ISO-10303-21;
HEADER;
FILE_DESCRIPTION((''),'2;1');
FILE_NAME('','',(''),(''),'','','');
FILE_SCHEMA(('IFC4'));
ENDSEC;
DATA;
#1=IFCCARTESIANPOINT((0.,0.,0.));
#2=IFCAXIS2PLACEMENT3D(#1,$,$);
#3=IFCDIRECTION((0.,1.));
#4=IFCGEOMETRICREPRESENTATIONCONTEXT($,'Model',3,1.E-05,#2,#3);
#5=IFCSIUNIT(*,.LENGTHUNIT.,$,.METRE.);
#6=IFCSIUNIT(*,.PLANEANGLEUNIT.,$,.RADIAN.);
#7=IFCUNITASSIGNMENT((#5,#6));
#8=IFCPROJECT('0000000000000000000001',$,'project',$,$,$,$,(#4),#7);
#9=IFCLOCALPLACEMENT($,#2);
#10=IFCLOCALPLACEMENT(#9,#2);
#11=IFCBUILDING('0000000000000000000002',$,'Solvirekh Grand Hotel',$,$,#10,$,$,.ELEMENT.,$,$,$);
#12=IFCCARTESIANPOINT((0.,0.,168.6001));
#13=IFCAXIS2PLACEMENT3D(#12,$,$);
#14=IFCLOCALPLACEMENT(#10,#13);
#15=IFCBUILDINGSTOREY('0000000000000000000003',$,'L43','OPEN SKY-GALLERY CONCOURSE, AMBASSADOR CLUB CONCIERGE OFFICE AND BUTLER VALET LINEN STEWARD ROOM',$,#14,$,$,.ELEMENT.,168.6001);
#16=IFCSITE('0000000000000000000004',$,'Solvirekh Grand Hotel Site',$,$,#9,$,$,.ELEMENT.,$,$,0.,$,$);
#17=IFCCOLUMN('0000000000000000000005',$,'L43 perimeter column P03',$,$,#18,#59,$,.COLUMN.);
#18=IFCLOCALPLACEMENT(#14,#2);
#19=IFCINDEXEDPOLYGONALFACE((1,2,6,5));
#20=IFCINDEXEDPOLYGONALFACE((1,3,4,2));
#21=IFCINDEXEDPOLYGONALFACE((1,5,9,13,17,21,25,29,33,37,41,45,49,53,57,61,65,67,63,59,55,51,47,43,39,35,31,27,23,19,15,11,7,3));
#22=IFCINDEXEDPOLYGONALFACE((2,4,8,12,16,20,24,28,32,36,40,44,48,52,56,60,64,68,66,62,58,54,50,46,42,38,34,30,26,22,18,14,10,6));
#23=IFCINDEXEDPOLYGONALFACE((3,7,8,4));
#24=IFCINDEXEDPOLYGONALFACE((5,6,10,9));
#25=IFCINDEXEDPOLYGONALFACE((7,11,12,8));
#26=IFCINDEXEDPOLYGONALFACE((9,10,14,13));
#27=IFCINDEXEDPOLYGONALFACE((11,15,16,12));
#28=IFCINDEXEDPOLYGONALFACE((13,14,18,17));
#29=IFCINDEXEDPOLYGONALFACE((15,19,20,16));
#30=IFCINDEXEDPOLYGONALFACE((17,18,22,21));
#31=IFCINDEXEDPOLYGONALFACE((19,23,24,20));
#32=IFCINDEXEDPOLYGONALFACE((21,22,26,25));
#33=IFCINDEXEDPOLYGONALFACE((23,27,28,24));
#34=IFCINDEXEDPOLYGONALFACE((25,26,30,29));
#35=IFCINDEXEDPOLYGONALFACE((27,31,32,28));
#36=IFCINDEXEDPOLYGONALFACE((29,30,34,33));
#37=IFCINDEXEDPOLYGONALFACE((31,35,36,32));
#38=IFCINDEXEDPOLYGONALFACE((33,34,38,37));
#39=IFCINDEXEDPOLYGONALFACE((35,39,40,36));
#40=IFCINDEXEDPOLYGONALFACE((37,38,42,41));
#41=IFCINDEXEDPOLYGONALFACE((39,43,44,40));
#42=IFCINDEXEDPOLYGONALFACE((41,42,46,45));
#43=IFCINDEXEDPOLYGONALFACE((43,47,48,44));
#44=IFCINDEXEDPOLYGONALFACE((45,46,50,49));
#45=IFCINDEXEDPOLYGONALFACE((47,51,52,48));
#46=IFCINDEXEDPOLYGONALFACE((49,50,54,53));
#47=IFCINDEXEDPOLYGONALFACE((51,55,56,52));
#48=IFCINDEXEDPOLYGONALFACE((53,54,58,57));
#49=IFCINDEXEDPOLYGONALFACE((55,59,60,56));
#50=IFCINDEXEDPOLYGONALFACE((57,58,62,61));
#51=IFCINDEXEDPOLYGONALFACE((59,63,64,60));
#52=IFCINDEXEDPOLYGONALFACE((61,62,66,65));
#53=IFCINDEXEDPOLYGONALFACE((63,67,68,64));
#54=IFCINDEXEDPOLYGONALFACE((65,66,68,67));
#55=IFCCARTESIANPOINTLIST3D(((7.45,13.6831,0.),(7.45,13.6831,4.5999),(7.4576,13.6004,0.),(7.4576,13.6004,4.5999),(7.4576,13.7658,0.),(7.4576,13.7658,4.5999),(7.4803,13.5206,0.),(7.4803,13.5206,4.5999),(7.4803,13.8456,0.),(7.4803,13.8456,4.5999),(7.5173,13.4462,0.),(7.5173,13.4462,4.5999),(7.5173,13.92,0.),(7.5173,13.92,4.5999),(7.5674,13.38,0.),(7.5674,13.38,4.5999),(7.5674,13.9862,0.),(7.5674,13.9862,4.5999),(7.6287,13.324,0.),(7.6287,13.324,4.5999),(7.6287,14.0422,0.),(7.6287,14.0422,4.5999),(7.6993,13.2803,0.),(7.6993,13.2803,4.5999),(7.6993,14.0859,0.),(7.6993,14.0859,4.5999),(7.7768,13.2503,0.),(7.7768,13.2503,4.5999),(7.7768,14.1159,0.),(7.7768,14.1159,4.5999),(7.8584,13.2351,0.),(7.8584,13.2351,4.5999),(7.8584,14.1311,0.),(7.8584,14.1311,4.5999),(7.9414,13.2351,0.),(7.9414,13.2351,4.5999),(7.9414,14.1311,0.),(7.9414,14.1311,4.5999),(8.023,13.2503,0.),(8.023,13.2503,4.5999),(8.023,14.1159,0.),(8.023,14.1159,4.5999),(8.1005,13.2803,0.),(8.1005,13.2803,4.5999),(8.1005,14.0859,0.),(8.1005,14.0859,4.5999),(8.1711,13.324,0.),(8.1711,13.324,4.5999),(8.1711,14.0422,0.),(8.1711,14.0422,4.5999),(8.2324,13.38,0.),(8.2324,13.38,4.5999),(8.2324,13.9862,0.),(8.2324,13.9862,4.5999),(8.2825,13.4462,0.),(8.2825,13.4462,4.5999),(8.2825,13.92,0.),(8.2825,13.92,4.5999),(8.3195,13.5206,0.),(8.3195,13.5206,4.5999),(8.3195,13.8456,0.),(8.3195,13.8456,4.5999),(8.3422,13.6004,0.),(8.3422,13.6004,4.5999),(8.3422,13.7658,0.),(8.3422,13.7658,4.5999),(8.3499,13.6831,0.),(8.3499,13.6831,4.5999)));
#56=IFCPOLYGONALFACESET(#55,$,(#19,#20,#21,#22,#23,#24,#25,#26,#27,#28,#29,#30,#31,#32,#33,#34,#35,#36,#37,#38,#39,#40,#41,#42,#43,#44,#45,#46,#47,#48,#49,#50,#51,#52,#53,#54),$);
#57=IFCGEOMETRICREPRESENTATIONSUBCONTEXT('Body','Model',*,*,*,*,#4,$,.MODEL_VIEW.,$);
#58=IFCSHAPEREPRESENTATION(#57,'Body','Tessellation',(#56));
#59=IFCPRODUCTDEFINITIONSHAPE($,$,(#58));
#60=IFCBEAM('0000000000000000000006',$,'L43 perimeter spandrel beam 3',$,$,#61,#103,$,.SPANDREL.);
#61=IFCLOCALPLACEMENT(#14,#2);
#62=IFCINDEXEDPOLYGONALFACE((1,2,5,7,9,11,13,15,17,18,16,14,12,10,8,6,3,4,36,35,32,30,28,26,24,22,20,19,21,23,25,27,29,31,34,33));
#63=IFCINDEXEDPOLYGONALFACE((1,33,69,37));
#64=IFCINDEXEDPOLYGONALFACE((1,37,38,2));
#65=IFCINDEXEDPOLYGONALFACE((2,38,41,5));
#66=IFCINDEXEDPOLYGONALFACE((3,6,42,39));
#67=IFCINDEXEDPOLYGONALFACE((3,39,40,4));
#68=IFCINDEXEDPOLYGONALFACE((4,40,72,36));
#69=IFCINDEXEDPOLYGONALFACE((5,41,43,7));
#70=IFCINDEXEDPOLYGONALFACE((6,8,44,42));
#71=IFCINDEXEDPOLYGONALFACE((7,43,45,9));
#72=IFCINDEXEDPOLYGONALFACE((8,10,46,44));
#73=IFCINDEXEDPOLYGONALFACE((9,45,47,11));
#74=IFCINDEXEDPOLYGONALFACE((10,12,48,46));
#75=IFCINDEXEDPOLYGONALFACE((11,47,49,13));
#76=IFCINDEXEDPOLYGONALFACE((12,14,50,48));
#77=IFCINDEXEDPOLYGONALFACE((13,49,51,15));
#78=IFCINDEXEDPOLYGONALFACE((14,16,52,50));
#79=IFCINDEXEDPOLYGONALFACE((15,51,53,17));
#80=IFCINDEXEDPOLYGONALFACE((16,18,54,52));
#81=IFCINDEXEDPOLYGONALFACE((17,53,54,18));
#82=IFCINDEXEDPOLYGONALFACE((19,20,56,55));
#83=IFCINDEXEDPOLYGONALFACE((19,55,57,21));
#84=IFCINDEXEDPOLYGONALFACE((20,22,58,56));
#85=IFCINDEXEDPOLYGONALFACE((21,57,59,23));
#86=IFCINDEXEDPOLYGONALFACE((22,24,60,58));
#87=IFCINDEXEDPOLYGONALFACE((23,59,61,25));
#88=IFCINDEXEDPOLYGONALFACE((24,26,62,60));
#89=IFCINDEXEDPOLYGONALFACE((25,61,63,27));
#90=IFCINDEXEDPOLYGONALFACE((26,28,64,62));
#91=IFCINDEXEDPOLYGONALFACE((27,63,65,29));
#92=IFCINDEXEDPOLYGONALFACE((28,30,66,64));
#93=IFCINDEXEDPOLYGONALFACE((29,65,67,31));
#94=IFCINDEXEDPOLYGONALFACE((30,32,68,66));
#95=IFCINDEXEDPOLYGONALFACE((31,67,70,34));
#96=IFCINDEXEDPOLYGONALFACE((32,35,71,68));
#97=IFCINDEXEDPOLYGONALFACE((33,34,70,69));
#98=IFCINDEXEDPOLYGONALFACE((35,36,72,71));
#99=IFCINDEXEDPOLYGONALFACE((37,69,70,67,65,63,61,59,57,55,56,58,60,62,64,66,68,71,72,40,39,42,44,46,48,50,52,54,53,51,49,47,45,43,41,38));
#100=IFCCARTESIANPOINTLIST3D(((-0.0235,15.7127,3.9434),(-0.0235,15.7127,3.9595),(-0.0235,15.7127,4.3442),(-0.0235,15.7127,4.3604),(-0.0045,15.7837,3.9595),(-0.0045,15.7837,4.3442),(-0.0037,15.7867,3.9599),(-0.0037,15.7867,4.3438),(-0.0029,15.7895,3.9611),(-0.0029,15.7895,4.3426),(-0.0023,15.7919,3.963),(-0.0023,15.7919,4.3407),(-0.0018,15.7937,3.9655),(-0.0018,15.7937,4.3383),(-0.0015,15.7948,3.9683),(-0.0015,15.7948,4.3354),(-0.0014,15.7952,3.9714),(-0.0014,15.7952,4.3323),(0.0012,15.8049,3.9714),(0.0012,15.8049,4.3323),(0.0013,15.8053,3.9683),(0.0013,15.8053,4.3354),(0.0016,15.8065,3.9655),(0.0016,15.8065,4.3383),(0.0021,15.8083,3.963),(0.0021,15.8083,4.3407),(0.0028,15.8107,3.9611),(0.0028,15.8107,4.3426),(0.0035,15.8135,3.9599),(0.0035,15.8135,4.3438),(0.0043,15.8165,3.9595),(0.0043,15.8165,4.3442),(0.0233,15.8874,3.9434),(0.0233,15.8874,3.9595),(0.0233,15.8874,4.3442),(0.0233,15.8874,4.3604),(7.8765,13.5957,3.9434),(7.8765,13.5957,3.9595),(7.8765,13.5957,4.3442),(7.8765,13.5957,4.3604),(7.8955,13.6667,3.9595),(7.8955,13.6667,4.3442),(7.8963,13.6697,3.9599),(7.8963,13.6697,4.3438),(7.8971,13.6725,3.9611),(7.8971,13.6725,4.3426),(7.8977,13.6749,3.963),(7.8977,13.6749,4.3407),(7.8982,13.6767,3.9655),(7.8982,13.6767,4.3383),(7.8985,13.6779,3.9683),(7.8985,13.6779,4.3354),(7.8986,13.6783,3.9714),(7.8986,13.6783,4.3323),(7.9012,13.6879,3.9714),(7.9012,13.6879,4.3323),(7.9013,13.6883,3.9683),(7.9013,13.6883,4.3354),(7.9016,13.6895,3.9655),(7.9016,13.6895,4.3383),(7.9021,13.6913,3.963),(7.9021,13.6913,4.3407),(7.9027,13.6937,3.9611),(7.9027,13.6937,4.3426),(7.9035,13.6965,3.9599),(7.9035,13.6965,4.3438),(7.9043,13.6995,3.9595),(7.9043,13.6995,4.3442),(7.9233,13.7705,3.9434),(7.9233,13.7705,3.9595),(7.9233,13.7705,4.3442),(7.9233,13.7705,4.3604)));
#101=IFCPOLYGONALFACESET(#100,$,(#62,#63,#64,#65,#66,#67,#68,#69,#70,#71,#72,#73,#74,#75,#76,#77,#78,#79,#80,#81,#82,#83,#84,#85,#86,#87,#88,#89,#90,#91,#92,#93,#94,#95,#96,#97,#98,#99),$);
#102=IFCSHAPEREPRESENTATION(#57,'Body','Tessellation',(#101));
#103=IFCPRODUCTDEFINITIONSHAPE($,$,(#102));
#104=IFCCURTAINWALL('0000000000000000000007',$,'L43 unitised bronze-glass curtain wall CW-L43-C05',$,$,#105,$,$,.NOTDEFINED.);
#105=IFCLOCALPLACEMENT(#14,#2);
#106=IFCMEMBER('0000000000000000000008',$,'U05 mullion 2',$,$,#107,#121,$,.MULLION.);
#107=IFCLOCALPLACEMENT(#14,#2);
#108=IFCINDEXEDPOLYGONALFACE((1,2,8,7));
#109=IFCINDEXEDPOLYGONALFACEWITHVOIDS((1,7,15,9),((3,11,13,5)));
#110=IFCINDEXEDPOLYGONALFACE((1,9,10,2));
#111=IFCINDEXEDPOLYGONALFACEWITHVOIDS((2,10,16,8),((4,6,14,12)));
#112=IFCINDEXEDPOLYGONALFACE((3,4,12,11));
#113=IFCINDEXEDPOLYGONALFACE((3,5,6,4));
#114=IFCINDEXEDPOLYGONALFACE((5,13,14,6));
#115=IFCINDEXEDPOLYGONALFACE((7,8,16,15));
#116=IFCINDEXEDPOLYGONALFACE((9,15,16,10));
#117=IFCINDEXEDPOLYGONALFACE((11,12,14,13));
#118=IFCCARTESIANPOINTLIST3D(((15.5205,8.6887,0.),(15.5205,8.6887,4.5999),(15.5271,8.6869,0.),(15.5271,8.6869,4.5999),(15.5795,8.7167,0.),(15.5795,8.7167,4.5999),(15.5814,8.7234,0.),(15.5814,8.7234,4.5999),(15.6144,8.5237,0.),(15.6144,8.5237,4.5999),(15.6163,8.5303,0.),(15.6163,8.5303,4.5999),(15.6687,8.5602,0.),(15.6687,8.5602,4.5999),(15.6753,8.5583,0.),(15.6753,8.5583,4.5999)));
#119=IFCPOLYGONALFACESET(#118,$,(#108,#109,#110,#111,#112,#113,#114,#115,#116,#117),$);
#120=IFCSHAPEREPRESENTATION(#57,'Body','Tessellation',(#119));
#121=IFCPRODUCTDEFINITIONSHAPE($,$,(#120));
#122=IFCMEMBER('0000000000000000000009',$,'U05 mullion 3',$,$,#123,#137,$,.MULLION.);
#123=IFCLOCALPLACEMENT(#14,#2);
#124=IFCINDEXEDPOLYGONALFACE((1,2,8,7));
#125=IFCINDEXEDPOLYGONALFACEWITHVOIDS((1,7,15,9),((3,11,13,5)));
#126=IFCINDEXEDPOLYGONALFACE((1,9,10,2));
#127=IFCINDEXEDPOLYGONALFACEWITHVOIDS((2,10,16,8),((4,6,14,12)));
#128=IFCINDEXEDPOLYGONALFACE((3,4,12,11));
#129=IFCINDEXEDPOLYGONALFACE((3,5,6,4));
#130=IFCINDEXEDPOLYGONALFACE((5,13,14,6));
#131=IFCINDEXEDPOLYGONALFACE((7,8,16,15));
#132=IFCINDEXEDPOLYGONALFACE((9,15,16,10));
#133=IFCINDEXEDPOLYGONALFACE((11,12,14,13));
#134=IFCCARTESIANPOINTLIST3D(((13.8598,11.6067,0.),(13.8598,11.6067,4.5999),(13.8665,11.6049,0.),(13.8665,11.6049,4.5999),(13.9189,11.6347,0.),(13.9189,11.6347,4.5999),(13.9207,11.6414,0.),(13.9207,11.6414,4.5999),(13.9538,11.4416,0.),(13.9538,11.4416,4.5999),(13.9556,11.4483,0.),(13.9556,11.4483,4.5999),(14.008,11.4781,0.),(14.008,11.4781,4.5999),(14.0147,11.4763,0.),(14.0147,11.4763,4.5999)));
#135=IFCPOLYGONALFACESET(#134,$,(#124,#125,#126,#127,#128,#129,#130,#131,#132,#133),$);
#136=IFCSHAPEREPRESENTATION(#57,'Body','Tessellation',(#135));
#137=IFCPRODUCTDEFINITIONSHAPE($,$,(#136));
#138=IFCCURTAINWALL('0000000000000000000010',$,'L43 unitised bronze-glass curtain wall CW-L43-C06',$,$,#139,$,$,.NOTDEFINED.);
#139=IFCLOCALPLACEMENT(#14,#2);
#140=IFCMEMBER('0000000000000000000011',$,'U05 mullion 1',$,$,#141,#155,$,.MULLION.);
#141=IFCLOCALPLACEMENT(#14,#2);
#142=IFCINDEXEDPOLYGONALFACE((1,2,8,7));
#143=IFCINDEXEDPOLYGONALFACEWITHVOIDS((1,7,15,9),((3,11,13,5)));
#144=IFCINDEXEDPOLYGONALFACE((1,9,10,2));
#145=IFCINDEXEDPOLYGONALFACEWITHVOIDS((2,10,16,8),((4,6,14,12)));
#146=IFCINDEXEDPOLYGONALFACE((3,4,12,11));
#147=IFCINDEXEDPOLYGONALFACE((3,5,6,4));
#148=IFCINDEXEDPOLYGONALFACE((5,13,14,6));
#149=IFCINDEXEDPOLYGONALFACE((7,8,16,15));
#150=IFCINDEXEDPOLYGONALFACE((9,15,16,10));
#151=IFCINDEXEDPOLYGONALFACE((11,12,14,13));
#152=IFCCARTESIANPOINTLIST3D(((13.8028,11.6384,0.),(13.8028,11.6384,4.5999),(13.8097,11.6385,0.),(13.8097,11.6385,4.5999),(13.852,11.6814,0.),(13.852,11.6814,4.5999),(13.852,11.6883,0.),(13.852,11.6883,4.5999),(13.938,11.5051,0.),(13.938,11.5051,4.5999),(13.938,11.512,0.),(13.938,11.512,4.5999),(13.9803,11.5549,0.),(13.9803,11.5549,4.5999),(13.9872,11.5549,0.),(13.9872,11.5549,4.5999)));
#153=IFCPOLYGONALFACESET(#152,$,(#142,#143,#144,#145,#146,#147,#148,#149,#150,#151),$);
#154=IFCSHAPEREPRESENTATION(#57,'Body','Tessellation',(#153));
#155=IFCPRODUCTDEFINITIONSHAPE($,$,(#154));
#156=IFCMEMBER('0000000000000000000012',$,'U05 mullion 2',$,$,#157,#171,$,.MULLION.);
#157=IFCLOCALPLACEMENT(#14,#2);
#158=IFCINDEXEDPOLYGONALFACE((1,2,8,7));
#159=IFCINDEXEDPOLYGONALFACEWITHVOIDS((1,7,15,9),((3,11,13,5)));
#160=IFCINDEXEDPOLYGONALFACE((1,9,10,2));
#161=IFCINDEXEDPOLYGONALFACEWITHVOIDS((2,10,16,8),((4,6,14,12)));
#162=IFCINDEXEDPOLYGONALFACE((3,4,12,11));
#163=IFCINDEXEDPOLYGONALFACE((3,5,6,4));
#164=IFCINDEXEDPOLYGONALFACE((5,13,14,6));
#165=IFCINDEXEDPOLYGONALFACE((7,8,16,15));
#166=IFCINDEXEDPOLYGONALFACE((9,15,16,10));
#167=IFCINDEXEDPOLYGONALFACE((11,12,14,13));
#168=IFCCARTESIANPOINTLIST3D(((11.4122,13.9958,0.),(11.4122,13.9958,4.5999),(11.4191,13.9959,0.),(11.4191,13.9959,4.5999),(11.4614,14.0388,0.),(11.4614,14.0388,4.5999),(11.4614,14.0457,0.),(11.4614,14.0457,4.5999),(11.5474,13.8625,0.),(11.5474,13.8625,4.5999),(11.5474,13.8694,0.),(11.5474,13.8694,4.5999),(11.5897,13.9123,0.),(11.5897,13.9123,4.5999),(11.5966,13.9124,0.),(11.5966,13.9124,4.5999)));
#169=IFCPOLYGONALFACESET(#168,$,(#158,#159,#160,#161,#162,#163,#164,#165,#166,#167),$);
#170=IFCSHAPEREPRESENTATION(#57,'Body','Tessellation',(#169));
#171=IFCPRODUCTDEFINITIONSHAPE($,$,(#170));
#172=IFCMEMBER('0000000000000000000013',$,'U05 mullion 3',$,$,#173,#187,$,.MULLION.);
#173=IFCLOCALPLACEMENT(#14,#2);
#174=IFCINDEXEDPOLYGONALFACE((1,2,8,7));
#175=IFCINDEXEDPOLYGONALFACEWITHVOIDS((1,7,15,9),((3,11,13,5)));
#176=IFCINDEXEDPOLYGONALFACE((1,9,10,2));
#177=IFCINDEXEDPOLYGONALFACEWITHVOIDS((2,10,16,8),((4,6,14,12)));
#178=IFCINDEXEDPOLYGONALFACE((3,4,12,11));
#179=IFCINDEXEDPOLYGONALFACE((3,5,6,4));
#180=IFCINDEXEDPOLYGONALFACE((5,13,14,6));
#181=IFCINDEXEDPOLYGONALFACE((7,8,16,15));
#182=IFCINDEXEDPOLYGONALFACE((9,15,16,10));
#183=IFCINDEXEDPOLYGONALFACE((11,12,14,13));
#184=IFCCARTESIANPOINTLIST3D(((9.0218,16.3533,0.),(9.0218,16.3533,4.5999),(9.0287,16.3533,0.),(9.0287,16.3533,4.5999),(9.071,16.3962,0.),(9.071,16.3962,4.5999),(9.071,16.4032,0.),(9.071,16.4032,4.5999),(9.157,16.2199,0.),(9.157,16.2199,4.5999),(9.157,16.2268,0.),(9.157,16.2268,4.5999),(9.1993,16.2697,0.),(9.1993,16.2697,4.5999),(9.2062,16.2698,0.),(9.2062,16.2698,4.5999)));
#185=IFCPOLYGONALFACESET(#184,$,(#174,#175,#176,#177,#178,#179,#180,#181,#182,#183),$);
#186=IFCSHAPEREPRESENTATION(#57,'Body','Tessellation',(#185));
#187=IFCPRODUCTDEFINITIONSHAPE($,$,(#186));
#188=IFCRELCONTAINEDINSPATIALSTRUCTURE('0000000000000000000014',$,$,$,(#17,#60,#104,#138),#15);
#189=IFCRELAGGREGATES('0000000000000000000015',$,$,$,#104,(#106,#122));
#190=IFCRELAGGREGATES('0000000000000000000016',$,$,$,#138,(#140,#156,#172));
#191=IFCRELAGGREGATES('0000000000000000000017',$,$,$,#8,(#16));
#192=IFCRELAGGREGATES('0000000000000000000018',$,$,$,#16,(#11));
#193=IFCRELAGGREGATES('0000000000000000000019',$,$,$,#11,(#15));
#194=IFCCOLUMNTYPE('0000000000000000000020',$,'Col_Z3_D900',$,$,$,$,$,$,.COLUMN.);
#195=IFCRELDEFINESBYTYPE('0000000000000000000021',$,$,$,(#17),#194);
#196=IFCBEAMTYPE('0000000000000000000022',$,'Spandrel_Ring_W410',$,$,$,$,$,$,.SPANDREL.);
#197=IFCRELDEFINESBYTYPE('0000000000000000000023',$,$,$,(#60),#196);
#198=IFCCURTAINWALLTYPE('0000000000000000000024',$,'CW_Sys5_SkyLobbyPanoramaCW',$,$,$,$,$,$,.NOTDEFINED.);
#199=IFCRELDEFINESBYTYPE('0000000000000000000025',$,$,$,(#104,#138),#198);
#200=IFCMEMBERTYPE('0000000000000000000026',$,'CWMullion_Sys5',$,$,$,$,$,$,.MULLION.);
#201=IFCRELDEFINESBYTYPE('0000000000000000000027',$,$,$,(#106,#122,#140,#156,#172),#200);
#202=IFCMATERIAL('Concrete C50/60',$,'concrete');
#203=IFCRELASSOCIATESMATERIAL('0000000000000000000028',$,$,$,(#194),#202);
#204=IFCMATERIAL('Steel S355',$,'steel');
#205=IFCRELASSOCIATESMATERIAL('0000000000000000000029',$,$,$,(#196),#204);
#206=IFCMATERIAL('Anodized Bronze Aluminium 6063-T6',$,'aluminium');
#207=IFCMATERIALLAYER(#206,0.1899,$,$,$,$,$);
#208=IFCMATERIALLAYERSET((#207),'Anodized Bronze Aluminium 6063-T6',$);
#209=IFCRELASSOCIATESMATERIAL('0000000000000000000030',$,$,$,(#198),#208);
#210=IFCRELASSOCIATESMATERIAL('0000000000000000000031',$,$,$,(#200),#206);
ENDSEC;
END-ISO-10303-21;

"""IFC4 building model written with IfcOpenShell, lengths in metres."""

from ifc_helpers import new_model, si_unit, direction, frame, origin, origin_2d, place, context, subcontext, project, spatial, hollow_rectangle, circle, i_section, extrude, source, transform, mapped, material, layer, layer_set, material_profile, profile_set, type_object, element, aggregate, save


model = new_model("IFC4")

# Units and contexts
model_context = context("Model", 3, precision=1e-05, world=origin(), true_north=direction((0.0, 1.0)))
body_context = subcontext(model_context, "Body", "Model", "MODEL_VIEW")
ifc_project = project(units=[si_unit("LENGTHUNIT", "METRE"), si_unit("PLANEANGLEUNIT", "RADIAN")], contexts=[model_context])

# Site, building, storey
site_placement = place(None, origin())
site = spatial("IfcSite", under=ifc_project, at=site_placement, Name="Solvirekh Grand Hotel Site", CompositionType="ELEMENT", RefElevation=0.0)
building_placement = place(site_placement, origin())
building = spatial("IfcBuilding", under=site, at=building_placement, Name="Solvirekh Grand Hotel", CompositionType="ELEMENT")
storey_placement = place(building_placement, frame((0.0, 0.0, 168.6001)))
storey = spatial("IfcBuildingStorey", under=building, at=storey_placement, Name="L43", Description="OPEN SKY-GALLERY CONCOURSE, AMBASSADOR CLUB CONCIERGE OFFICE AND BUTLER VALET LINEN STEWARD ROOM", CompositionType="ELEMENT", Elevation=168.6001)

# Column
ifc_material_1 = material(Name="Concrete C50/60", Category="concrete")
ifc_material_profile_1 = material_profile(ifc_material_1, circle(Radius=0.45, at=origin_2d()), Name="RC CIRC D900")
ifc_profile_set_1 = profile_set([ifc_material_profile_1], Name="Concrete C50/60")
column_type = type_object("IfcColumnType", Name="Col_Z3_D900", PredefinedType="COLUMN", material=ifc_profile_set_1)
column_placement = place(storey_placement, frame((7.8999, 13.6831, 0.0), z_axis=(0.0, 0.0, 1.0), x_axis=(1.0, 0.0, 0.0)))
element("IfcColumn", 1, at=column_placement, inside=storey, type_object=column_type, Name="L43 perimeter column P03", PredefinedType="COLUMN", context=body_context, shape_type="SweptSolid", body=[
    extrude(circle(Radius=0.45, at=origin_2d()), origin(), (0.0, 0.0, 1.0), 4.5999),
])

# Beam
ifc_material_2 = material(Name="Steel S355", Category="steel")
ifc_material_profile_2 = material_profile(ifc_material_2, i_section(OverallWidth=0.1809, OverallDepth=0.417, WebThickness=0.01, FlangeThickness=0.0161, FilletRadius=0.012, at=origin_2d()), Name="W410X85")
ifc_profile_set_2 = profile_set([ifc_material_profile_2], Name="Steel S355")
beam_type = type_object("IfcBeamType", Name="Spandrel_Ring_W410", PredefinedType="SPANDREL", material=ifc_profile_set_2)
beam_placement = place(storey_placement, frame((7.8999, 13.6831, 4.1519), z_axis=(-0.965921, 0.258839, 0.0), x_axis=(-0.258839, -0.965921, 0.0)))
element("IfcBeam", 2, at=beam_placement, inside=storey, type_object=beam_type, Name="L43 perimeter spandrel beam 3", PredefinedType="SPANDREL", context=body_context, shape_type="SweptSolid", body=[
    extrude(i_section(OverallWidth=0.1809, OverallDepth=0.417, WebThickness=0.01, FlangeThickness=0.0161, FilletRadius=0.012, at=origin_2d()), origin(), (0.0, 0.0, 1.0), 8.1787),
])

# Curtain walls, members
ifc_material_3 = material(Name="Anodized Bronze Aluminium 6063-T6", Category="aluminium")
ifc_layer_1 = layer(ifc_material_3, 0.1899)
ifc_layer_set_1 = layer_set([ifc_layer_1], Name="Anodized Bronze Aluminium 6063-T6")
curtain_wall_type = type_object("IfcCurtainWallType", Name="CW_Sys5_SkyLobbyPanoramaCW", PredefinedType="NOTDEFINED", material=ifc_layer_set_1)
curtain_wall_1_placement = place(storey_placement, origin())
curtain_wall_1 = element("IfcCurtainWall", 3, at=curtain_wall_1_placement, inside=storey, type_object=curtain_wall_type, Name="L43 unitised bronze-glass curtain wall CW-L43-C05", PredefinedType="NOTDEFINED")
ifc_material_profile_3 = material_profile(ifc_material_3, hollow_rectangle(XDim=0.0701, YDim=0.1899, WallThickness=0.0049, at=origin_2d()), Name="ALU RHS 190X70X5")
ifc_profile_set_3 = profile_set([ifc_material_profile_3], Name="Anodized Bronze Aluminium 6063-T6")
member_type_1 = type_object("IfcMemberType", Name="CWMullion_Sys5", PredefinedType="MULLION", material=ifc_profile_set_3)
shared_shape_1 = source(origin(), body_context, "Body", "SweptSolid", [
    extrude(hollow_rectangle(XDim=0.0701, YDim=0.1899, WallThickness=0.0049, at=origin_2d()), origin(), (0.0, 0.0, 1.0), 4.5999),
])
member_1_placement = place(storey_placement, frame((15.5979, 8.6235, 0.0), z_axis=(0.0, 0.0, 1.0), x_axis=(-0.869112, -0.494614, 0.0)))
member_1 = element("IfcMember", 4, at=member_1_placement, type_object=member_type_1, Name="U05 mullion 2", PredefinedType="MULLION", context=body_context, shape_type="MappedRepresentation", body=[
    mapped(shared_shape_1, transform((0.0, 0.0, 0.0), x_axis=(1.0, 0.0, 0.0), y_axis=(0.0, 1.0, 0.0), z_axis=(0.0, 0.0, 1.0), scale=1.0)),
])
member_2_placement = place(storey_placement, frame((13.9373, 11.5415, 0.0), z_axis=(0.0, 0.0, 1.0), x_axis=(-0.869112, -0.494614, 0.0)))
member_2 = element("IfcMember", 5, at=member_2_placement, type_object=member_type_1, Name="U05 mullion 3", PredefinedType="MULLION", context=body_context, shape_type="MappedRepresentation", body=[
    mapped(shared_shape_1, transform((0.0, 0.0, 0.0), x_axis=(1.0, 0.0, 0.0), y_axis=(0.0, 1.0, 0.0), z_axis=(0.0, 0.0, 1.0), scale=1.0)),
])
curtain_wall_2_placement = place(storey_placement, origin())
curtain_wall_2 = element("IfcCurtainWall", 6, at=curtain_wall_2_placement, inside=storey, type_object=curtain_wall_type, Name="L43 unitised bronze-glass curtain wall CW-L43-C06", PredefinedType="NOTDEFINED")
member_3_placement = place(storey_placement, frame((13.895, 11.5967, 0.0), z_axis=(0.0, 0.0, 1.0), x_axis=(-0.702152, -0.712027, 0.0)))
member_3 = element("IfcMember", 7, at=member_3_placement, type_object=member_type_1, Name="U05 mullion 1", PredefinedType="MULLION", context=body_context, shape_type="MappedRepresentation", body=[
    mapped(shared_shape_1, transform((0.0, 0.0, 0.0), x_axis=(1.0, 0.0, 0.0), y_axis=(0.0, 1.0, 0.0), z_axis=(0.0, 0.0, 1.0), scale=1.0)),
])
member_4_placement = place(storey_placement, frame((11.5044, 13.9541, 0.0), z_axis=(0.0, 0.0, 1.0), x_axis=(-0.702152, -0.712027, 0.0)))
member_4 = element("IfcMember", 8, at=member_4_placement, type_object=member_type_1, Name="U05 mullion 2", PredefinedType="MULLION", context=body_context, shape_type="MappedRepresentation", body=[
    mapped(shared_shape_1, transform((0.0, 0.0, 0.0), x_axis=(1.0, 0.0, 0.0), y_axis=(0.0, 1.0, 0.0), z_axis=(0.0, 0.0, 1.0), scale=1.0)),
])
member_5_placement = place(storey_placement, frame((9.114, 16.3115, 0.0), z_axis=(0.0, 0.0, 1.0), x_axis=(-0.702152, -0.712027, 0.0)))
member_5 = element("IfcMember", 9, at=member_5_placement, type_object=member_type_1, Name="U05 mullion 3", PredefinedType="MULLION", context=body_context, shape_type="MappedRepresentation", body=[
    mapped(shared_shape_1, transform((0.0, 0.0, 0.0), x_axis=(1.0, 0.0, 0.0), y_axis=(0.0, 1.0, 0.0), z_axis=(0.0, 0.0, 1.0), scale=1.0)),
])

aggregate(curtain_wall_1, [member_1, member_2])
aggregate(curtain_wall_2, [member_3, member_4, member_5])

save(model, "model.ifc")
